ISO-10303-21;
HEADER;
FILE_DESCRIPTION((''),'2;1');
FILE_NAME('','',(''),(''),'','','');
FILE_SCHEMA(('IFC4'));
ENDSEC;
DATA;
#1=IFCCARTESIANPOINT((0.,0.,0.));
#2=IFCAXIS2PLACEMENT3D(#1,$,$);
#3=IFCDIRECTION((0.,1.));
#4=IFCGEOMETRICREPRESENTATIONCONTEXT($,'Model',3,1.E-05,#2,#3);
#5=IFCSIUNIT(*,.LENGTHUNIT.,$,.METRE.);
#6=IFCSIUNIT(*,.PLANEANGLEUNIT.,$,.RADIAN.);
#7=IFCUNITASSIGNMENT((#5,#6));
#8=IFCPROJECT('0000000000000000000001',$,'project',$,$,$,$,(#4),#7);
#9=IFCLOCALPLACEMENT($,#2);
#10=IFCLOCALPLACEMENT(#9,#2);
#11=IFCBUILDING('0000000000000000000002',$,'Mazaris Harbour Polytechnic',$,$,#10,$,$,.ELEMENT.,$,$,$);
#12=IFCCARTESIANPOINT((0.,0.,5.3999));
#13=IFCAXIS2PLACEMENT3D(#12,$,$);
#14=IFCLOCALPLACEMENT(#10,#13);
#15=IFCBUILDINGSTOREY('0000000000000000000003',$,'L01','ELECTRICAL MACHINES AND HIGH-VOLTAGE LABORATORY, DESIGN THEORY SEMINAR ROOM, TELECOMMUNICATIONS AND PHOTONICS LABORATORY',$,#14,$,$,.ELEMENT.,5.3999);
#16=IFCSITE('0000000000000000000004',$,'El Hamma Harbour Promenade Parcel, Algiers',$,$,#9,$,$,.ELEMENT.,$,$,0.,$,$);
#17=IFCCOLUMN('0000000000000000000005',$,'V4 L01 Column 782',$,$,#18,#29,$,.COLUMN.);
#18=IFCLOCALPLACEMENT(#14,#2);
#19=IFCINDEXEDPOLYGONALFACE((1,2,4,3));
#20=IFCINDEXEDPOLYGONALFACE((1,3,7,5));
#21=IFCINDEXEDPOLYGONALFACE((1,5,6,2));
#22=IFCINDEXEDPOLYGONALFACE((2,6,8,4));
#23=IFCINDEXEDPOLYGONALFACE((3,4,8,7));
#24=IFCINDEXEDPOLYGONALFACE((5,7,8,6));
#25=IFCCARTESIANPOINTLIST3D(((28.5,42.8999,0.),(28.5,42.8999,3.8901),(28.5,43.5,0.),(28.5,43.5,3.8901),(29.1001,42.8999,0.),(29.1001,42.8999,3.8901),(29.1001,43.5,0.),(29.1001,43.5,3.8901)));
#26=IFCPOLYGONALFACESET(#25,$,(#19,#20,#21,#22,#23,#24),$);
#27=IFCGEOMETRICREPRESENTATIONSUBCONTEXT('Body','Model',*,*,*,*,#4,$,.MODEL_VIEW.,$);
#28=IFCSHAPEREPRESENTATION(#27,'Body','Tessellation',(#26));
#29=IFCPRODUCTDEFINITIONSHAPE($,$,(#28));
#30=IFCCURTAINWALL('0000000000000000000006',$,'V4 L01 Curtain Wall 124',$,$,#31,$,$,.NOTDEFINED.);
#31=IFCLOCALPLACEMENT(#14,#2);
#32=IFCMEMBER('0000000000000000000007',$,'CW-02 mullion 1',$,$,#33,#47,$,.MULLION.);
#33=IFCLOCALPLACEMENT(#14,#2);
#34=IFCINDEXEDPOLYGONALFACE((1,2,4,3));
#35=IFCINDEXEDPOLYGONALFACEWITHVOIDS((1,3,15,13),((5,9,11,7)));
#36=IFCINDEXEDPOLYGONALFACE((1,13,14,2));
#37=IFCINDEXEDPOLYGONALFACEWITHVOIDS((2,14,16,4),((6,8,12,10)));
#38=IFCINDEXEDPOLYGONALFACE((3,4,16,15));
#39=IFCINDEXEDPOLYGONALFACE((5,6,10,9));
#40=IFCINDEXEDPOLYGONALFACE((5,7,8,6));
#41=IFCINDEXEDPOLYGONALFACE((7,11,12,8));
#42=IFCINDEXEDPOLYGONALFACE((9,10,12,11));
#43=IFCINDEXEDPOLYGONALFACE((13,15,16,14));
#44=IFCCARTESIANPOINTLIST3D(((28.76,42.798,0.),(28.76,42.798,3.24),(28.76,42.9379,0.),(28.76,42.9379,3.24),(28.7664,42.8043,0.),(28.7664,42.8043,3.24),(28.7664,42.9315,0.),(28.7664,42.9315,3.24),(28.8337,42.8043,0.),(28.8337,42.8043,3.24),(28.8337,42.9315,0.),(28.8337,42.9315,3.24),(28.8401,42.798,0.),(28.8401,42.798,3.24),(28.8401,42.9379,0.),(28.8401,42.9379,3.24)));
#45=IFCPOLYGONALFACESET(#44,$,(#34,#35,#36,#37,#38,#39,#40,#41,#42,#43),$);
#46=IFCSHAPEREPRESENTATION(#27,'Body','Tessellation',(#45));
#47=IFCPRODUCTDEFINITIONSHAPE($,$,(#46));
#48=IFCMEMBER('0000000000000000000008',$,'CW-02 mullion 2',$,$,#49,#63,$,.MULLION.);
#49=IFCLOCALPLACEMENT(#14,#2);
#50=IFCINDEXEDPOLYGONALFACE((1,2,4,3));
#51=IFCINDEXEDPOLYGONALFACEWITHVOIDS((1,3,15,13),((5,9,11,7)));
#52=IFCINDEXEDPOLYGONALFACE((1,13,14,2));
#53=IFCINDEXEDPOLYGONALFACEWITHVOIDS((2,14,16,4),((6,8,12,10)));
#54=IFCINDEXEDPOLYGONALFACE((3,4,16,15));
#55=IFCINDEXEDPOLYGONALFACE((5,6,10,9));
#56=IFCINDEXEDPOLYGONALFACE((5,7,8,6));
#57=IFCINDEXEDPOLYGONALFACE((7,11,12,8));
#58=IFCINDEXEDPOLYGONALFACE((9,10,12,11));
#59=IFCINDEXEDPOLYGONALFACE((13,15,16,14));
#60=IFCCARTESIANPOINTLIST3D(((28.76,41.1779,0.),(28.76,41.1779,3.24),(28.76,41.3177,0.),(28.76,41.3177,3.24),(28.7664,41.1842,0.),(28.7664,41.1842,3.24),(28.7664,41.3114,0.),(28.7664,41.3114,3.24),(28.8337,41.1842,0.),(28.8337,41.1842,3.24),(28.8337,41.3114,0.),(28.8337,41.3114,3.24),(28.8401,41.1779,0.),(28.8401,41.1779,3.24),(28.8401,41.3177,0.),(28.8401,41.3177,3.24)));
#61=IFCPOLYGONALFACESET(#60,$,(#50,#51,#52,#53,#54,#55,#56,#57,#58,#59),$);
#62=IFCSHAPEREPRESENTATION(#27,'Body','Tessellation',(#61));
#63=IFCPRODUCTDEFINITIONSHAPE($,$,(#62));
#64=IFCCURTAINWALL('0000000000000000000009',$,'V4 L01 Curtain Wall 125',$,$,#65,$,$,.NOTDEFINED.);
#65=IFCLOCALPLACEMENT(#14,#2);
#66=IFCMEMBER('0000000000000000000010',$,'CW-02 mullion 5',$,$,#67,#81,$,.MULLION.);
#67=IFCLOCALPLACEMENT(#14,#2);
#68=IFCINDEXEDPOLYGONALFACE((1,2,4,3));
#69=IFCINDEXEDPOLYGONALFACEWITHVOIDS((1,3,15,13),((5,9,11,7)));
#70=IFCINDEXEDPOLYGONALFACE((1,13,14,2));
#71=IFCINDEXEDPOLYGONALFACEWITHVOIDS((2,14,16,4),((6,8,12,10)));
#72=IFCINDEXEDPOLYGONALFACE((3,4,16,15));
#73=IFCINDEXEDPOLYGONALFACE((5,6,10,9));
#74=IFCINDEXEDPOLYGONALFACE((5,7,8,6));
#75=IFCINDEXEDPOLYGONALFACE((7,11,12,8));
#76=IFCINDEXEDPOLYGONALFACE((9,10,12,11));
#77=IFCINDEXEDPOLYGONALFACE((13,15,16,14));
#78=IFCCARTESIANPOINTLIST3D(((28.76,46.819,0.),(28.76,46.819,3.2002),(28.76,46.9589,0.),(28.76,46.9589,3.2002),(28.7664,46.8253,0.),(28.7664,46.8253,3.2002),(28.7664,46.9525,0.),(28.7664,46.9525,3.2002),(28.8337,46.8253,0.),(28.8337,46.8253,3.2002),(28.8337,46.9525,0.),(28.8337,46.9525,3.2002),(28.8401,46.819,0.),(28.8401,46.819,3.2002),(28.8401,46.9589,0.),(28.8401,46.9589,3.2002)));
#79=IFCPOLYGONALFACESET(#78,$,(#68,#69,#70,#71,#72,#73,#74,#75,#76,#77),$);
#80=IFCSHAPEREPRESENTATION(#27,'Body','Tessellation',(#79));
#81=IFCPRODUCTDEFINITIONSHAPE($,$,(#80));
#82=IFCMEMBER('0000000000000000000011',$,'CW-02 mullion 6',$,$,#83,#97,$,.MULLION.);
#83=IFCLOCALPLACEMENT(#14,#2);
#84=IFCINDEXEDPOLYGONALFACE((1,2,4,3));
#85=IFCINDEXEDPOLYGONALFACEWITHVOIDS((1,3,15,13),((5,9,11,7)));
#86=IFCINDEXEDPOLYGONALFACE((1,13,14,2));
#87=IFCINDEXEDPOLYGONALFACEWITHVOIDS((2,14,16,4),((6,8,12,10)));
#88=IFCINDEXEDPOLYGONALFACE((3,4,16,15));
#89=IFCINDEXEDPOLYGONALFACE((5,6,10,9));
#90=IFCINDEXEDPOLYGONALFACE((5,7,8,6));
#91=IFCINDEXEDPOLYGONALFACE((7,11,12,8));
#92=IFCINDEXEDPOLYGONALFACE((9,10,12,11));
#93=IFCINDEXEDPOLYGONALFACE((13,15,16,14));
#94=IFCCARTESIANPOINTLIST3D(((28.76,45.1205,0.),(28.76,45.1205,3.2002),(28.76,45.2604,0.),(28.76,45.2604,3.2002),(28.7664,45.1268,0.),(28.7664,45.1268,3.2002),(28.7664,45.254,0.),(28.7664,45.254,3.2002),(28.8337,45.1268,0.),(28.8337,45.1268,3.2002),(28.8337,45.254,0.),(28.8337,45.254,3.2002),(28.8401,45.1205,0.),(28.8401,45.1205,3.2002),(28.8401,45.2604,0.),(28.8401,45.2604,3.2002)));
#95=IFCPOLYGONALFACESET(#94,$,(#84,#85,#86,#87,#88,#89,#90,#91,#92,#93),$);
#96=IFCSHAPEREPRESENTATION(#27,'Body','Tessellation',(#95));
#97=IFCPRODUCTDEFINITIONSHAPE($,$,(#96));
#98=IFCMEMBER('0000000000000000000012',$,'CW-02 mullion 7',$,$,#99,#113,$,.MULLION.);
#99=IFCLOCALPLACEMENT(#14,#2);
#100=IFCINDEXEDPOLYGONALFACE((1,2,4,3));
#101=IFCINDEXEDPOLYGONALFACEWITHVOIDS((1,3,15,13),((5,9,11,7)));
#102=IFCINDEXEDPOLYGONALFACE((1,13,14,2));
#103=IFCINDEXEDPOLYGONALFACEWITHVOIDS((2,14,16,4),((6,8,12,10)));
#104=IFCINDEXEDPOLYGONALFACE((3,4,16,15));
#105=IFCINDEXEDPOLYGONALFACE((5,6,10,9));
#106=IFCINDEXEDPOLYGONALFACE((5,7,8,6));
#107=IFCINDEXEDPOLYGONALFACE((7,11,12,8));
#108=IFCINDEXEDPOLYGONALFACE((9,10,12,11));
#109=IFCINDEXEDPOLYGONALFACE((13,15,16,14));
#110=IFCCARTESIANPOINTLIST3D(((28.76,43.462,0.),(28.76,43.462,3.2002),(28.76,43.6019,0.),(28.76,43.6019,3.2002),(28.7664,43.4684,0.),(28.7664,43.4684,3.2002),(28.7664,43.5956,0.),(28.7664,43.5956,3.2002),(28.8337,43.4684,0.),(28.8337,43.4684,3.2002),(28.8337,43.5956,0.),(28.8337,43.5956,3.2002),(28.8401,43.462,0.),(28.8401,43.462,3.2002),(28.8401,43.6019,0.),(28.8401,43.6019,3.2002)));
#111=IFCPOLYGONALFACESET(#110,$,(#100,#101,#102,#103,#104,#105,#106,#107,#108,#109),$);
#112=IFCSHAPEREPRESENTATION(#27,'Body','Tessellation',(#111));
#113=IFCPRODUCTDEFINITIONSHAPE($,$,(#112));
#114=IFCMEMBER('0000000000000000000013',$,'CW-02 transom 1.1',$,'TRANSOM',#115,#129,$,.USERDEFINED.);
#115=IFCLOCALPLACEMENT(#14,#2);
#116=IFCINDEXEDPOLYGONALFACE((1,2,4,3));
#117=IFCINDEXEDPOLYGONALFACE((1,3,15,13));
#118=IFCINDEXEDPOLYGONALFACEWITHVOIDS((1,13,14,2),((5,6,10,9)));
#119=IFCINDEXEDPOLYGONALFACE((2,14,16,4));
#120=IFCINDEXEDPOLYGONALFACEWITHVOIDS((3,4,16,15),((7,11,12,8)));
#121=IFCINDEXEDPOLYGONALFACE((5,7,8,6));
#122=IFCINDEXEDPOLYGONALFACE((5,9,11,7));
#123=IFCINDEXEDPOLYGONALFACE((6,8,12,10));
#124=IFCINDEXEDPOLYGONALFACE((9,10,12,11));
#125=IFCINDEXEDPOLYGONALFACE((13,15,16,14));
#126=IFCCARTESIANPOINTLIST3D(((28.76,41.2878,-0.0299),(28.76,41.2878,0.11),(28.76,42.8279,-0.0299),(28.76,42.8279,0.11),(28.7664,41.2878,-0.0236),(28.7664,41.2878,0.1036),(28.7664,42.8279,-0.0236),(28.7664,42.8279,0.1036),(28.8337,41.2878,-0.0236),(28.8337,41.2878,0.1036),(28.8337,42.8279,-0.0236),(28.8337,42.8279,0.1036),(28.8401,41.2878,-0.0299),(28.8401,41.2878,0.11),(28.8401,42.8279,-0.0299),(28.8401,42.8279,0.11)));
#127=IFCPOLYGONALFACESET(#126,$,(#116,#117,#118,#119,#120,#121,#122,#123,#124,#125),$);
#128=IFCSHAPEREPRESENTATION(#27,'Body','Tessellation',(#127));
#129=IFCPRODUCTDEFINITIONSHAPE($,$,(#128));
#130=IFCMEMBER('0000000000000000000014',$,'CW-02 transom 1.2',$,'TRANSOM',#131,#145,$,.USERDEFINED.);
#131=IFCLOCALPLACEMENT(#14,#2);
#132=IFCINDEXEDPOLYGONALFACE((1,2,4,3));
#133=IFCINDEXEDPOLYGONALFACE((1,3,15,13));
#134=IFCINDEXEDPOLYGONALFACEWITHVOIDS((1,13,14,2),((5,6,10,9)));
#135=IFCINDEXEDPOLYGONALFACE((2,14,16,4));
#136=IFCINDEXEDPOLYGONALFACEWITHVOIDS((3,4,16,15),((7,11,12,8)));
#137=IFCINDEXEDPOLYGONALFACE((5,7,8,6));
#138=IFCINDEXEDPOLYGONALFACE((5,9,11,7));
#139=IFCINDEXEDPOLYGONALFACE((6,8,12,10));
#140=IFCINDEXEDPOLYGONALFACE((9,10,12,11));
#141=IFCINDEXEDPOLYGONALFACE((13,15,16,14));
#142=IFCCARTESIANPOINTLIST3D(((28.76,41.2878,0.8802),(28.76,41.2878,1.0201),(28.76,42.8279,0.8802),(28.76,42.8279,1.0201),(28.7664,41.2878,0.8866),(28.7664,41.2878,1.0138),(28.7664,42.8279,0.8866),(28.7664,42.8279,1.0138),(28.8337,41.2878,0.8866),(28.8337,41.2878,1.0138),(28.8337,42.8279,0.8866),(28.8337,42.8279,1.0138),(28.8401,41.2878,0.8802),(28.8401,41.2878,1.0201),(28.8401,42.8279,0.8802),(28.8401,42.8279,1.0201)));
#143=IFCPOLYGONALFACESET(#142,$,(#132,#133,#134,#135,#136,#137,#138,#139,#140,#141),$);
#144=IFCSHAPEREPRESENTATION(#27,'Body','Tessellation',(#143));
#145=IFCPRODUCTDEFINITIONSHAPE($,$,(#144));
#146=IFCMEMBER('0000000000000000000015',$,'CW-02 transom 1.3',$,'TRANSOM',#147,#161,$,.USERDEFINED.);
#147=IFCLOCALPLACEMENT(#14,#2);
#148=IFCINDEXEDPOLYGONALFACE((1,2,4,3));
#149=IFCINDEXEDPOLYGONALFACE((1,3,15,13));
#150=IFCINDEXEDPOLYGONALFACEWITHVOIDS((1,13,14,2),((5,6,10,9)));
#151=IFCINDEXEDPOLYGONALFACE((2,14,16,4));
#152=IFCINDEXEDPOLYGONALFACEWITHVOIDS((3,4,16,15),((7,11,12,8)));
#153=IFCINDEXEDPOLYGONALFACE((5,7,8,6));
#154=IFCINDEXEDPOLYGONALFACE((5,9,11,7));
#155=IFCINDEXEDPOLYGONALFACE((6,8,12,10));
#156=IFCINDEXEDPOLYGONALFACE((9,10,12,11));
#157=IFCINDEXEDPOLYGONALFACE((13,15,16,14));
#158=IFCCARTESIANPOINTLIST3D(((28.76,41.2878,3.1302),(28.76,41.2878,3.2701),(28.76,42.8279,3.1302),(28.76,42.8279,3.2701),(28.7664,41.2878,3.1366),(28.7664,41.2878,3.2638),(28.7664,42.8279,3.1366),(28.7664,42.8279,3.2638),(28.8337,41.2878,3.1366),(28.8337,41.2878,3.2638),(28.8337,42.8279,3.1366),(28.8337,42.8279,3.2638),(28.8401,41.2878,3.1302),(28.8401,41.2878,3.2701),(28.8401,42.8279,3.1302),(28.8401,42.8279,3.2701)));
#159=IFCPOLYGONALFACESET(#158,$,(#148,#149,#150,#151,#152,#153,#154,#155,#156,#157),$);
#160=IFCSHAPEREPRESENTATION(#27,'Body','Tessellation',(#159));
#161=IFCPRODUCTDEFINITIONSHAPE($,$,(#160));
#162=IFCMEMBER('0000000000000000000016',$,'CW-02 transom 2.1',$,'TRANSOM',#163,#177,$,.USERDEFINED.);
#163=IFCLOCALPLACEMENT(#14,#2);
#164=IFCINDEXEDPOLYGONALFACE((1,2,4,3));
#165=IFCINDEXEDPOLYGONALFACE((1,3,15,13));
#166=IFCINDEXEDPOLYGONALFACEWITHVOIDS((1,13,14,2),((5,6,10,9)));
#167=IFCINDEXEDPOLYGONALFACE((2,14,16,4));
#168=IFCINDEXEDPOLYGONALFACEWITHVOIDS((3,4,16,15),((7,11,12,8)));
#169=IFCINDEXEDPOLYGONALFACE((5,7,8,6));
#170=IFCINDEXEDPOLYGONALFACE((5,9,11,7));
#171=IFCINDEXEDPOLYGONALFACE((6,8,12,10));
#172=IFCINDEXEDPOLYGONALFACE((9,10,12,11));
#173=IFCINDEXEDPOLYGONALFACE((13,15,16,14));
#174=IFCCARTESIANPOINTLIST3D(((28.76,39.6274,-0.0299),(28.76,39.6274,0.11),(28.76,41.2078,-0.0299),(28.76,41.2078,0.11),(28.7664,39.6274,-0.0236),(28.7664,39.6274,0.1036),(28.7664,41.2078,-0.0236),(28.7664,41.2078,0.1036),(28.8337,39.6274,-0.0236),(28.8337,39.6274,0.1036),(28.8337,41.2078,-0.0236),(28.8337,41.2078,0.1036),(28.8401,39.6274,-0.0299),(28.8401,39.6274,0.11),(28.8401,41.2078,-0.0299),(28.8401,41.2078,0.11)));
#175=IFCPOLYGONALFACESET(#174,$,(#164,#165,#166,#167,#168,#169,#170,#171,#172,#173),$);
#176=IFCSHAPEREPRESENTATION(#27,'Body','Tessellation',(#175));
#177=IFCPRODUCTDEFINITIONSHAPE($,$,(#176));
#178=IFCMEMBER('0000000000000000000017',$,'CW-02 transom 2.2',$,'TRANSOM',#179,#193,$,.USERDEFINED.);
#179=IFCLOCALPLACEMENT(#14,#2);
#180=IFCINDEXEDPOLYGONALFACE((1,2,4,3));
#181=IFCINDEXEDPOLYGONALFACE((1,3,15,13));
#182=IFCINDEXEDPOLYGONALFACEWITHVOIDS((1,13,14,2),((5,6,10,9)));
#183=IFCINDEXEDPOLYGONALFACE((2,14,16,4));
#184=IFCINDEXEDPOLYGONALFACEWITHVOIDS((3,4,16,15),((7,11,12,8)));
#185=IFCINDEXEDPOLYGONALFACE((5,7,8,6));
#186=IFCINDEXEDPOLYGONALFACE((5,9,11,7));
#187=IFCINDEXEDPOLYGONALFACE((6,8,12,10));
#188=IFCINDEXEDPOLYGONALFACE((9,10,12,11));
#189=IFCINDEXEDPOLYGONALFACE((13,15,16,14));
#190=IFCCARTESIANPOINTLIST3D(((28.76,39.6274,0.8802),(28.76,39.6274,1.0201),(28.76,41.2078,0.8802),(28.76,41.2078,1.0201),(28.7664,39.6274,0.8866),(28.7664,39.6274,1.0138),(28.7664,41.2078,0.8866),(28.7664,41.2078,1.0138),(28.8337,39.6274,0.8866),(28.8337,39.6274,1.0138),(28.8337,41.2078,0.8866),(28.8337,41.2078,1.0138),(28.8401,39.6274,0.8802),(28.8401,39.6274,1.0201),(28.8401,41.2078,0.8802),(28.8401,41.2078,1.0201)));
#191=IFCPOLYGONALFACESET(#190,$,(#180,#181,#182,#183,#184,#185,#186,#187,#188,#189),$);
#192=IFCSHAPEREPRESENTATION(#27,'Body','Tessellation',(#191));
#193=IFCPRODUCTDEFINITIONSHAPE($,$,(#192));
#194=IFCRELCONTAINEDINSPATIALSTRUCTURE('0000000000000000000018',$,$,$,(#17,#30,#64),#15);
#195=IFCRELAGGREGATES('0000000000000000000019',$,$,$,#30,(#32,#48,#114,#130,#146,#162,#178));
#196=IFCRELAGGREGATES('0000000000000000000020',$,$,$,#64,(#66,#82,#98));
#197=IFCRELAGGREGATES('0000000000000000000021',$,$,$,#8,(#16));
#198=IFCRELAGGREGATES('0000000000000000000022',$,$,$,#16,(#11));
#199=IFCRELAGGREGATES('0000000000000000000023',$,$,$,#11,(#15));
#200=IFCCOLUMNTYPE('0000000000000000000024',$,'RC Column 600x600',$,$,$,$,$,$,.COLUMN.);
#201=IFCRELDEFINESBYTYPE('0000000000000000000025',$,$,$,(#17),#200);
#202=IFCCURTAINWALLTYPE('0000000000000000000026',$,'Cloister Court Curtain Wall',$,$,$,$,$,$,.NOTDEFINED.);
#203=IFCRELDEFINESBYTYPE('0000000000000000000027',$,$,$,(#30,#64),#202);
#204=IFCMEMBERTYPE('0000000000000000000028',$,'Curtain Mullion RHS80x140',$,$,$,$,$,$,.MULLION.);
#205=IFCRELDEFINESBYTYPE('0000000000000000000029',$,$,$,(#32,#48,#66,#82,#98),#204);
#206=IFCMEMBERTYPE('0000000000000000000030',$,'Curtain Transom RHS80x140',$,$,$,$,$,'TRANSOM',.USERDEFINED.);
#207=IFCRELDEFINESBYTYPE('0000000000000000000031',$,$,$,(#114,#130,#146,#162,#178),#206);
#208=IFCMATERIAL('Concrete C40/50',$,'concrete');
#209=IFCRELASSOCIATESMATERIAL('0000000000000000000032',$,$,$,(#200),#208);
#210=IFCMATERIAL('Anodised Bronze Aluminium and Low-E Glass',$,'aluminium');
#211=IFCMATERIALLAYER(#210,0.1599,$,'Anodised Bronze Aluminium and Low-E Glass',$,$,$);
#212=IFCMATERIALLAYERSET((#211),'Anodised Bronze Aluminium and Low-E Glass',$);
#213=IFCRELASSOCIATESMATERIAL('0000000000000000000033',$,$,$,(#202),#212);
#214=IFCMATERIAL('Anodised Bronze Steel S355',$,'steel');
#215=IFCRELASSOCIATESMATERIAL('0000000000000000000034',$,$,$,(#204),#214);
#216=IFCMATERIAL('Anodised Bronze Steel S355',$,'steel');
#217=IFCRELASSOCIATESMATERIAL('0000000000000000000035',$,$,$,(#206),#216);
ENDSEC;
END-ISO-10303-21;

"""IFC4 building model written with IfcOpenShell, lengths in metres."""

from ifc_helpers import new_model, si_unit, direction, frame, origin, origin_2d, place, context, subcontext, project, spatial, rectangle, hollow_rectangle, extrude, material, layer, layer_set, material_profile, profile_set, type_object, element, aggregate, save


model = new_model("IFC4")

# Units and contexts
model_context = context("Model", 3, precision=1e-05, world=origin(), true_north=direction((0.0, 1.0)))
body_context = subcontext(model_context, "Body", "Model", "MODEL_VIEW")
ifc_project = project(units=[si_unit("LENGTHUNIT", "METRE"), si_unit("PLANEANGLEUNIT", "RADIAN")], contexts=[model_context])

# Site, building, storey
site_placement = place(None, origin())
site = spatial("IfcSite", under=ifc_project, at=site_placement, Name="El Hamma Harbour Promenade Parcel, Algiers", CompositionType="ELEMENT", RefElevation=0.0)
building_placement = place(site_placement, origin())
building = spatial("IfcBuilding", under=site, at=building_placement, Name="Mazaris Harbour Polytechnic", CompositionType="ELEMENT")
storey_placement = place(building_placement, frame((0.0, 0.0, 5.3999)))
storey = spatial("IfcBuildingStorey", under=building, at=storey_placement, Name="L01", Description="ELECTRICAL MACHINES AND HIGH-VOLTAGE LABORATORY, DESIGN THEORY SEMINAR ROOM, TELECOMMUNICATIONS AND PHOTONICS LABORATORY", CompositionType="ELEMENT", Elevation=5.3999)

# Column
ifc_material_1 = material(Name="Concrete C40/50", Category="concrete")
ifc_material_profile_1 = material_profile(ifc_material_1, rectangle(XDim=0.6001, YDim=0.6001, at=origin_2d()), Name="RECT600x600")
ifc_profile_set_1 = profile_set([ifc_material_profile_1], Name="Concrete C40/50")
column_type = type_object("IfcColumnType", Name="RC Column 600x600", PredefinedType="COLUMN", material=ifc_profile_set_1)
column_placement = place(storey_placement, frame((28.8, 43.2, 0.0), z_axis=(0.0, 0.0, 1.0), x_axis=(1.0, 0.0, 0.0)))
element("IfcColumn", 1, at=column_placement, inside=storey, type_object=column_type, Name="V4 L01 Column 782", PredefinedType="COLUMN", context=body_context, shape_type="SweptSolid", body=[
    extrude(rectangle(XDim=0.6001, YDim=0.6001, at=origin_2d()), origin(), (0.0, 0.0, 1.0), 3.8901),
])

# Curtain walls, members
ifc_material_2 = material(Name="Anodised Bronze Aluminium and Low-E Glass", Category="aluminium")
ifc_layer_1 = layer(ifc_material_2, 0.1599, Name="Anodised Bronze Aluminium and Low-E Glass")
ifc_layer_set_1 = layer_set([ifc_layer_1], Name="Anodised Bronze Aluminium and Low-E Glass")
curtain_wall_type = type_object("IfcCurtainWallType", Name="Cloister Court Curtain Wall", PredefinedType="NOTDEFINED", material=ifc_layer_set_1)
curtain_wall_1_placement = place(storey_placement, origin())
curtain_wall_1 = element("IfcCurtainWall", 2, at=curtain_wall_1_placement, inside=storey, type_object=curtain_wall_type, Name="V4 L01 Curtain Wall 124", PredefinedType="NOTDEFINED")
ifc_material_3 = material(Name="Anodised Bronze Steel S355", Category="steel")
ifc_material_profile_2 = material_profile(ifc_material_3, hollow_rectangle(XDim=0.0801, YDim=0.1399, WallThickness=0.0063, at=origin_2d()), Name="RHS 80x140x6.3")
ifc_profile_set_2 = profile_set([ifc_material_profile_2], Name="Anodised Bronze Steel S355")
member_type_1 = type_object("IfcMemberType", Name="Curtain Mullion RHS80x140", PredefinedType="MULLION", material=ifc_profile_set_2)
member_1_placement = place(storey_placement, frame((28.8, 42.8679, 0.0), z_axis=(0.0, 0.0, 1.0), x_axis=(1.0, 0.0, 0.0)))
member_1 = element("IfcMember", 3, at=member_1_placement, type_object=member_type_1, Name="CW-02 mullion 1", PredefinedType="MULLION", context=body_context, shape_type="SweptSolid", body=[
    extrude(hollow_rectangle(XDim=0.0801, YDim=0.1399, WallThickness=0.0063, at=origin_2d()), origin(), (0.0, 0.0, 1.0), 3.24),
])
member_2_placement = place(storey_placement, frame((28.8, 41.2478, 0.0), z_axis=(0.0, 0.0, 1.0), x_axis=(1.0, 0.0, 0.0)))
member_2 = element("IfcMember", 4, at=member_2_placement, type_object=member_type_1, Name="CW-02 mullion 2", PredefinedType="MULLION", context=body_context, shape_type="SweptSolid", body=[
    extrude(hollow_rectangle(XDim=0.0801, YDim=0.1399, WallThickness=0.0063, at=origin_2d()), origin(), (0.0, 0.0, 1.0), 3.24),
])
curtain_wall_2_placement = place(storey_placement, origin())
curtain_wall_2 = element("IfcCurtainWall", 5, at=curtain_wall_2_placement, inside=storey, type_object=curtain_wall_type, Name="V4 L01 Curtain Wall 125", PredefinedType="NOTDEFINED")
member_3_placement = place(storey_placement, frame((28.8, 46.8889, 0.0), z_axis=(0.0, 0.0, 1.0), x_axis=(1.0, 0.0, 0.0)))
member_3 = element("IfcMember", 6, at=member_3_placement, type_object=member_type_1, Name="CW-02 mullion 5", PredefinedType="MULLION", context=body_context, shape_type="SweptSolid", body=[
    extrude(hollow_rectangle(XDim=0.0801, YDim=0.1399, WallThickness=0.0063, at=origin_2d()), origin(), (0.0, 0.0, 1.0), 3.2002),
])
member_4_placement = place(storey_placement, frame((28.8, 45.1904, 0.0), z_axis=(0.0, 0.0, 1.0), x_axis=(1.0, 0.0, 0.0)))
member_4 = element("IfcMember", 7, at=member_4_placement, type_object=member_type_1, Name="CW-02 mullion 6", PredefinedType="MULLION", context=body_context, shape_type="SweptSolid", body=[
    extrude(hollow_rectangle(XDim=0.0801, YDim=0.1399, WallThickness=0.0063, at=origin_2d()), origin(), (0.0, 0.0, 1.0), 3.2002),
])
member_5_placement = place(storey_placement, frame((28.8, 43.532, 0.0), z_axis=(0.0, 0.0, 1.0), x_axis=(1.0, 0.0, 0.0)))
member_5 = element("IfcMember", 8, at=member_5_placement, type_object=member_type_1, Name="CW-02 mullion 7", PredefinedType="MULLION", context=body_context, shape_type="SweptSolid", body=[
    extrude(hollow_rectangle(XDim=0.0801, YDim=0.1399, WallThickness=0.0063, at=origin_2d()), origin(), (0.0, 0.0, 1.0), 3.2002),
])

# Members
ifc_material_4 = material(Name="Anodised Bronze Steel S355", Category="steel")
ifc_material_profile_3 = material_profile(ifc_material_4, hollow_rectangle(XDim=0.0801, YDim=0.1399, WallThickness=0.0063, at=origin_2d()), Name="RHS 80x140x6.3")
ifc_profile_set_3 = profile_set([ifc_material_profile_3], Name="Anodised Bronze Steel S355")
member_type_2 = type_object("IfcMemberType", Name="Curtain Transom RHS80x140", ElementType="TRANSOM", PredefinedType="USERDEFINED", material=ifc_profile_set_3)
member_6_placement = place(storey_placement, frame((28.8, 42.8279, 0.04), z_axis=(0.0, -1.0, 0.0), x_axis=(1.0, 0.0, 0.0)))
member_6 = element("IfcMember", 9, at=member_6_placement, type_object=member_type_2, Name="CW-02 transom 1.1", ObjectType="TRANSOM", PredefinedType="USERDEFINED", context=body_context, shape_type="SweptSolid", body=[
    extrude(hollow_rectangle(XDim=0.0801, YDim=0.1399, WallThickness=0.0063, at=origin_2d()), origin(), (0.0, 0.0, 1.0), 1.54),
])
member_7_placement = place(storey_placement, frame((28.8, 42.8279, 0.9502), z_axis=(0.0, -1.0, 0.0), x_axis=(1.0, 0.0, 0.0)))
member_7 = element("IfcMember", 10, at=member_7_placement, type_object=member_type_2, Name="CW-02 transom 1.2", ObjectType="TRANSOM", PredefinedType="USERDEFINED", context=body_context, shape_type="SweptSolid", body=[
    extrude(hollow_rectangle(XDim=0.0801, YDim=0.1399, WallThickness=0.0063, at=origin_2d()), origin(), (0.0, 0.0, 1.0), 1.54),
])
member_8_placement = place(storey_placement, frame((28.8, 42.8279, 3.2002), z_axis=(0.0, -1.0, 0.0), x_axis=(1.0, 0.0, 0.0)))
member_8 = element("IfcMember", 11, at=member_8_placement, type_object=member_type_2, Name="CW-02 transom 1.3", ObjectType="TRANSOM", PredefinedType="USERDEFINED", context=body_context, shape_type="SweptSolid", body=[
    extrude(hollow_rectangle(XDim=0.0801, YDim=0.1399, WallThickness=0.0063, at=origin_2d()), origin(), (0.0, 0.0, 1.0), 1.54),
])
member_9_placement = place(storey_placement, frame((28.8, 41.2078, 0.04), z_axis=(0.0, -1.0, 0.0), x_axis=(1.0, 0.0, 0.0)))
member_9 = element("IfcMember", 12, at=member_9_placement, type_object=member_type_2, Name="CW-02 transom 2.1", ObjectType="TRANSOM", PredefinedType="USERDEFINED", context=body_context, shape_type="SweptSolid", body=[
    extrude(hollow_rectangle(XDim=0.0801, YDim=0.1399, WallThickness=0.0063, at=origin_2d()), origin(), (0.0, 0.0, 1.0), 1.5803),
])
member_10_placement = place(storey_placement, frame((28.8, 41.2078, 0.9502), z_axis=(0.0, -1.0, 0.0), x_axis=(1.0, 0.0, 0.0)))
member_10 = element("IfcMember", 13, at=member_10_placement, type_object=member_type_2, Name="CW-02 transom 2.2", ObjectType="TRANSOM", PredefinedType="USERDEFINED", context=body_context, shape_type="SweptSolid", body=[
    extrude(hollow_rectangle(XDim=0.0801, YDim=0.1399, WallThickness=0.0063, at=origin_2d()), origin(), (0.0, 0.0, 1.0), 1.5803),
])

aggregate(curtain_wall_1, [member_1, member_2, member_6, member_7, member_8, member_9, member_10])
aggregate(curtain_wall_2, [member_3, member_4, member_5])

save(model, "model.ifc")
